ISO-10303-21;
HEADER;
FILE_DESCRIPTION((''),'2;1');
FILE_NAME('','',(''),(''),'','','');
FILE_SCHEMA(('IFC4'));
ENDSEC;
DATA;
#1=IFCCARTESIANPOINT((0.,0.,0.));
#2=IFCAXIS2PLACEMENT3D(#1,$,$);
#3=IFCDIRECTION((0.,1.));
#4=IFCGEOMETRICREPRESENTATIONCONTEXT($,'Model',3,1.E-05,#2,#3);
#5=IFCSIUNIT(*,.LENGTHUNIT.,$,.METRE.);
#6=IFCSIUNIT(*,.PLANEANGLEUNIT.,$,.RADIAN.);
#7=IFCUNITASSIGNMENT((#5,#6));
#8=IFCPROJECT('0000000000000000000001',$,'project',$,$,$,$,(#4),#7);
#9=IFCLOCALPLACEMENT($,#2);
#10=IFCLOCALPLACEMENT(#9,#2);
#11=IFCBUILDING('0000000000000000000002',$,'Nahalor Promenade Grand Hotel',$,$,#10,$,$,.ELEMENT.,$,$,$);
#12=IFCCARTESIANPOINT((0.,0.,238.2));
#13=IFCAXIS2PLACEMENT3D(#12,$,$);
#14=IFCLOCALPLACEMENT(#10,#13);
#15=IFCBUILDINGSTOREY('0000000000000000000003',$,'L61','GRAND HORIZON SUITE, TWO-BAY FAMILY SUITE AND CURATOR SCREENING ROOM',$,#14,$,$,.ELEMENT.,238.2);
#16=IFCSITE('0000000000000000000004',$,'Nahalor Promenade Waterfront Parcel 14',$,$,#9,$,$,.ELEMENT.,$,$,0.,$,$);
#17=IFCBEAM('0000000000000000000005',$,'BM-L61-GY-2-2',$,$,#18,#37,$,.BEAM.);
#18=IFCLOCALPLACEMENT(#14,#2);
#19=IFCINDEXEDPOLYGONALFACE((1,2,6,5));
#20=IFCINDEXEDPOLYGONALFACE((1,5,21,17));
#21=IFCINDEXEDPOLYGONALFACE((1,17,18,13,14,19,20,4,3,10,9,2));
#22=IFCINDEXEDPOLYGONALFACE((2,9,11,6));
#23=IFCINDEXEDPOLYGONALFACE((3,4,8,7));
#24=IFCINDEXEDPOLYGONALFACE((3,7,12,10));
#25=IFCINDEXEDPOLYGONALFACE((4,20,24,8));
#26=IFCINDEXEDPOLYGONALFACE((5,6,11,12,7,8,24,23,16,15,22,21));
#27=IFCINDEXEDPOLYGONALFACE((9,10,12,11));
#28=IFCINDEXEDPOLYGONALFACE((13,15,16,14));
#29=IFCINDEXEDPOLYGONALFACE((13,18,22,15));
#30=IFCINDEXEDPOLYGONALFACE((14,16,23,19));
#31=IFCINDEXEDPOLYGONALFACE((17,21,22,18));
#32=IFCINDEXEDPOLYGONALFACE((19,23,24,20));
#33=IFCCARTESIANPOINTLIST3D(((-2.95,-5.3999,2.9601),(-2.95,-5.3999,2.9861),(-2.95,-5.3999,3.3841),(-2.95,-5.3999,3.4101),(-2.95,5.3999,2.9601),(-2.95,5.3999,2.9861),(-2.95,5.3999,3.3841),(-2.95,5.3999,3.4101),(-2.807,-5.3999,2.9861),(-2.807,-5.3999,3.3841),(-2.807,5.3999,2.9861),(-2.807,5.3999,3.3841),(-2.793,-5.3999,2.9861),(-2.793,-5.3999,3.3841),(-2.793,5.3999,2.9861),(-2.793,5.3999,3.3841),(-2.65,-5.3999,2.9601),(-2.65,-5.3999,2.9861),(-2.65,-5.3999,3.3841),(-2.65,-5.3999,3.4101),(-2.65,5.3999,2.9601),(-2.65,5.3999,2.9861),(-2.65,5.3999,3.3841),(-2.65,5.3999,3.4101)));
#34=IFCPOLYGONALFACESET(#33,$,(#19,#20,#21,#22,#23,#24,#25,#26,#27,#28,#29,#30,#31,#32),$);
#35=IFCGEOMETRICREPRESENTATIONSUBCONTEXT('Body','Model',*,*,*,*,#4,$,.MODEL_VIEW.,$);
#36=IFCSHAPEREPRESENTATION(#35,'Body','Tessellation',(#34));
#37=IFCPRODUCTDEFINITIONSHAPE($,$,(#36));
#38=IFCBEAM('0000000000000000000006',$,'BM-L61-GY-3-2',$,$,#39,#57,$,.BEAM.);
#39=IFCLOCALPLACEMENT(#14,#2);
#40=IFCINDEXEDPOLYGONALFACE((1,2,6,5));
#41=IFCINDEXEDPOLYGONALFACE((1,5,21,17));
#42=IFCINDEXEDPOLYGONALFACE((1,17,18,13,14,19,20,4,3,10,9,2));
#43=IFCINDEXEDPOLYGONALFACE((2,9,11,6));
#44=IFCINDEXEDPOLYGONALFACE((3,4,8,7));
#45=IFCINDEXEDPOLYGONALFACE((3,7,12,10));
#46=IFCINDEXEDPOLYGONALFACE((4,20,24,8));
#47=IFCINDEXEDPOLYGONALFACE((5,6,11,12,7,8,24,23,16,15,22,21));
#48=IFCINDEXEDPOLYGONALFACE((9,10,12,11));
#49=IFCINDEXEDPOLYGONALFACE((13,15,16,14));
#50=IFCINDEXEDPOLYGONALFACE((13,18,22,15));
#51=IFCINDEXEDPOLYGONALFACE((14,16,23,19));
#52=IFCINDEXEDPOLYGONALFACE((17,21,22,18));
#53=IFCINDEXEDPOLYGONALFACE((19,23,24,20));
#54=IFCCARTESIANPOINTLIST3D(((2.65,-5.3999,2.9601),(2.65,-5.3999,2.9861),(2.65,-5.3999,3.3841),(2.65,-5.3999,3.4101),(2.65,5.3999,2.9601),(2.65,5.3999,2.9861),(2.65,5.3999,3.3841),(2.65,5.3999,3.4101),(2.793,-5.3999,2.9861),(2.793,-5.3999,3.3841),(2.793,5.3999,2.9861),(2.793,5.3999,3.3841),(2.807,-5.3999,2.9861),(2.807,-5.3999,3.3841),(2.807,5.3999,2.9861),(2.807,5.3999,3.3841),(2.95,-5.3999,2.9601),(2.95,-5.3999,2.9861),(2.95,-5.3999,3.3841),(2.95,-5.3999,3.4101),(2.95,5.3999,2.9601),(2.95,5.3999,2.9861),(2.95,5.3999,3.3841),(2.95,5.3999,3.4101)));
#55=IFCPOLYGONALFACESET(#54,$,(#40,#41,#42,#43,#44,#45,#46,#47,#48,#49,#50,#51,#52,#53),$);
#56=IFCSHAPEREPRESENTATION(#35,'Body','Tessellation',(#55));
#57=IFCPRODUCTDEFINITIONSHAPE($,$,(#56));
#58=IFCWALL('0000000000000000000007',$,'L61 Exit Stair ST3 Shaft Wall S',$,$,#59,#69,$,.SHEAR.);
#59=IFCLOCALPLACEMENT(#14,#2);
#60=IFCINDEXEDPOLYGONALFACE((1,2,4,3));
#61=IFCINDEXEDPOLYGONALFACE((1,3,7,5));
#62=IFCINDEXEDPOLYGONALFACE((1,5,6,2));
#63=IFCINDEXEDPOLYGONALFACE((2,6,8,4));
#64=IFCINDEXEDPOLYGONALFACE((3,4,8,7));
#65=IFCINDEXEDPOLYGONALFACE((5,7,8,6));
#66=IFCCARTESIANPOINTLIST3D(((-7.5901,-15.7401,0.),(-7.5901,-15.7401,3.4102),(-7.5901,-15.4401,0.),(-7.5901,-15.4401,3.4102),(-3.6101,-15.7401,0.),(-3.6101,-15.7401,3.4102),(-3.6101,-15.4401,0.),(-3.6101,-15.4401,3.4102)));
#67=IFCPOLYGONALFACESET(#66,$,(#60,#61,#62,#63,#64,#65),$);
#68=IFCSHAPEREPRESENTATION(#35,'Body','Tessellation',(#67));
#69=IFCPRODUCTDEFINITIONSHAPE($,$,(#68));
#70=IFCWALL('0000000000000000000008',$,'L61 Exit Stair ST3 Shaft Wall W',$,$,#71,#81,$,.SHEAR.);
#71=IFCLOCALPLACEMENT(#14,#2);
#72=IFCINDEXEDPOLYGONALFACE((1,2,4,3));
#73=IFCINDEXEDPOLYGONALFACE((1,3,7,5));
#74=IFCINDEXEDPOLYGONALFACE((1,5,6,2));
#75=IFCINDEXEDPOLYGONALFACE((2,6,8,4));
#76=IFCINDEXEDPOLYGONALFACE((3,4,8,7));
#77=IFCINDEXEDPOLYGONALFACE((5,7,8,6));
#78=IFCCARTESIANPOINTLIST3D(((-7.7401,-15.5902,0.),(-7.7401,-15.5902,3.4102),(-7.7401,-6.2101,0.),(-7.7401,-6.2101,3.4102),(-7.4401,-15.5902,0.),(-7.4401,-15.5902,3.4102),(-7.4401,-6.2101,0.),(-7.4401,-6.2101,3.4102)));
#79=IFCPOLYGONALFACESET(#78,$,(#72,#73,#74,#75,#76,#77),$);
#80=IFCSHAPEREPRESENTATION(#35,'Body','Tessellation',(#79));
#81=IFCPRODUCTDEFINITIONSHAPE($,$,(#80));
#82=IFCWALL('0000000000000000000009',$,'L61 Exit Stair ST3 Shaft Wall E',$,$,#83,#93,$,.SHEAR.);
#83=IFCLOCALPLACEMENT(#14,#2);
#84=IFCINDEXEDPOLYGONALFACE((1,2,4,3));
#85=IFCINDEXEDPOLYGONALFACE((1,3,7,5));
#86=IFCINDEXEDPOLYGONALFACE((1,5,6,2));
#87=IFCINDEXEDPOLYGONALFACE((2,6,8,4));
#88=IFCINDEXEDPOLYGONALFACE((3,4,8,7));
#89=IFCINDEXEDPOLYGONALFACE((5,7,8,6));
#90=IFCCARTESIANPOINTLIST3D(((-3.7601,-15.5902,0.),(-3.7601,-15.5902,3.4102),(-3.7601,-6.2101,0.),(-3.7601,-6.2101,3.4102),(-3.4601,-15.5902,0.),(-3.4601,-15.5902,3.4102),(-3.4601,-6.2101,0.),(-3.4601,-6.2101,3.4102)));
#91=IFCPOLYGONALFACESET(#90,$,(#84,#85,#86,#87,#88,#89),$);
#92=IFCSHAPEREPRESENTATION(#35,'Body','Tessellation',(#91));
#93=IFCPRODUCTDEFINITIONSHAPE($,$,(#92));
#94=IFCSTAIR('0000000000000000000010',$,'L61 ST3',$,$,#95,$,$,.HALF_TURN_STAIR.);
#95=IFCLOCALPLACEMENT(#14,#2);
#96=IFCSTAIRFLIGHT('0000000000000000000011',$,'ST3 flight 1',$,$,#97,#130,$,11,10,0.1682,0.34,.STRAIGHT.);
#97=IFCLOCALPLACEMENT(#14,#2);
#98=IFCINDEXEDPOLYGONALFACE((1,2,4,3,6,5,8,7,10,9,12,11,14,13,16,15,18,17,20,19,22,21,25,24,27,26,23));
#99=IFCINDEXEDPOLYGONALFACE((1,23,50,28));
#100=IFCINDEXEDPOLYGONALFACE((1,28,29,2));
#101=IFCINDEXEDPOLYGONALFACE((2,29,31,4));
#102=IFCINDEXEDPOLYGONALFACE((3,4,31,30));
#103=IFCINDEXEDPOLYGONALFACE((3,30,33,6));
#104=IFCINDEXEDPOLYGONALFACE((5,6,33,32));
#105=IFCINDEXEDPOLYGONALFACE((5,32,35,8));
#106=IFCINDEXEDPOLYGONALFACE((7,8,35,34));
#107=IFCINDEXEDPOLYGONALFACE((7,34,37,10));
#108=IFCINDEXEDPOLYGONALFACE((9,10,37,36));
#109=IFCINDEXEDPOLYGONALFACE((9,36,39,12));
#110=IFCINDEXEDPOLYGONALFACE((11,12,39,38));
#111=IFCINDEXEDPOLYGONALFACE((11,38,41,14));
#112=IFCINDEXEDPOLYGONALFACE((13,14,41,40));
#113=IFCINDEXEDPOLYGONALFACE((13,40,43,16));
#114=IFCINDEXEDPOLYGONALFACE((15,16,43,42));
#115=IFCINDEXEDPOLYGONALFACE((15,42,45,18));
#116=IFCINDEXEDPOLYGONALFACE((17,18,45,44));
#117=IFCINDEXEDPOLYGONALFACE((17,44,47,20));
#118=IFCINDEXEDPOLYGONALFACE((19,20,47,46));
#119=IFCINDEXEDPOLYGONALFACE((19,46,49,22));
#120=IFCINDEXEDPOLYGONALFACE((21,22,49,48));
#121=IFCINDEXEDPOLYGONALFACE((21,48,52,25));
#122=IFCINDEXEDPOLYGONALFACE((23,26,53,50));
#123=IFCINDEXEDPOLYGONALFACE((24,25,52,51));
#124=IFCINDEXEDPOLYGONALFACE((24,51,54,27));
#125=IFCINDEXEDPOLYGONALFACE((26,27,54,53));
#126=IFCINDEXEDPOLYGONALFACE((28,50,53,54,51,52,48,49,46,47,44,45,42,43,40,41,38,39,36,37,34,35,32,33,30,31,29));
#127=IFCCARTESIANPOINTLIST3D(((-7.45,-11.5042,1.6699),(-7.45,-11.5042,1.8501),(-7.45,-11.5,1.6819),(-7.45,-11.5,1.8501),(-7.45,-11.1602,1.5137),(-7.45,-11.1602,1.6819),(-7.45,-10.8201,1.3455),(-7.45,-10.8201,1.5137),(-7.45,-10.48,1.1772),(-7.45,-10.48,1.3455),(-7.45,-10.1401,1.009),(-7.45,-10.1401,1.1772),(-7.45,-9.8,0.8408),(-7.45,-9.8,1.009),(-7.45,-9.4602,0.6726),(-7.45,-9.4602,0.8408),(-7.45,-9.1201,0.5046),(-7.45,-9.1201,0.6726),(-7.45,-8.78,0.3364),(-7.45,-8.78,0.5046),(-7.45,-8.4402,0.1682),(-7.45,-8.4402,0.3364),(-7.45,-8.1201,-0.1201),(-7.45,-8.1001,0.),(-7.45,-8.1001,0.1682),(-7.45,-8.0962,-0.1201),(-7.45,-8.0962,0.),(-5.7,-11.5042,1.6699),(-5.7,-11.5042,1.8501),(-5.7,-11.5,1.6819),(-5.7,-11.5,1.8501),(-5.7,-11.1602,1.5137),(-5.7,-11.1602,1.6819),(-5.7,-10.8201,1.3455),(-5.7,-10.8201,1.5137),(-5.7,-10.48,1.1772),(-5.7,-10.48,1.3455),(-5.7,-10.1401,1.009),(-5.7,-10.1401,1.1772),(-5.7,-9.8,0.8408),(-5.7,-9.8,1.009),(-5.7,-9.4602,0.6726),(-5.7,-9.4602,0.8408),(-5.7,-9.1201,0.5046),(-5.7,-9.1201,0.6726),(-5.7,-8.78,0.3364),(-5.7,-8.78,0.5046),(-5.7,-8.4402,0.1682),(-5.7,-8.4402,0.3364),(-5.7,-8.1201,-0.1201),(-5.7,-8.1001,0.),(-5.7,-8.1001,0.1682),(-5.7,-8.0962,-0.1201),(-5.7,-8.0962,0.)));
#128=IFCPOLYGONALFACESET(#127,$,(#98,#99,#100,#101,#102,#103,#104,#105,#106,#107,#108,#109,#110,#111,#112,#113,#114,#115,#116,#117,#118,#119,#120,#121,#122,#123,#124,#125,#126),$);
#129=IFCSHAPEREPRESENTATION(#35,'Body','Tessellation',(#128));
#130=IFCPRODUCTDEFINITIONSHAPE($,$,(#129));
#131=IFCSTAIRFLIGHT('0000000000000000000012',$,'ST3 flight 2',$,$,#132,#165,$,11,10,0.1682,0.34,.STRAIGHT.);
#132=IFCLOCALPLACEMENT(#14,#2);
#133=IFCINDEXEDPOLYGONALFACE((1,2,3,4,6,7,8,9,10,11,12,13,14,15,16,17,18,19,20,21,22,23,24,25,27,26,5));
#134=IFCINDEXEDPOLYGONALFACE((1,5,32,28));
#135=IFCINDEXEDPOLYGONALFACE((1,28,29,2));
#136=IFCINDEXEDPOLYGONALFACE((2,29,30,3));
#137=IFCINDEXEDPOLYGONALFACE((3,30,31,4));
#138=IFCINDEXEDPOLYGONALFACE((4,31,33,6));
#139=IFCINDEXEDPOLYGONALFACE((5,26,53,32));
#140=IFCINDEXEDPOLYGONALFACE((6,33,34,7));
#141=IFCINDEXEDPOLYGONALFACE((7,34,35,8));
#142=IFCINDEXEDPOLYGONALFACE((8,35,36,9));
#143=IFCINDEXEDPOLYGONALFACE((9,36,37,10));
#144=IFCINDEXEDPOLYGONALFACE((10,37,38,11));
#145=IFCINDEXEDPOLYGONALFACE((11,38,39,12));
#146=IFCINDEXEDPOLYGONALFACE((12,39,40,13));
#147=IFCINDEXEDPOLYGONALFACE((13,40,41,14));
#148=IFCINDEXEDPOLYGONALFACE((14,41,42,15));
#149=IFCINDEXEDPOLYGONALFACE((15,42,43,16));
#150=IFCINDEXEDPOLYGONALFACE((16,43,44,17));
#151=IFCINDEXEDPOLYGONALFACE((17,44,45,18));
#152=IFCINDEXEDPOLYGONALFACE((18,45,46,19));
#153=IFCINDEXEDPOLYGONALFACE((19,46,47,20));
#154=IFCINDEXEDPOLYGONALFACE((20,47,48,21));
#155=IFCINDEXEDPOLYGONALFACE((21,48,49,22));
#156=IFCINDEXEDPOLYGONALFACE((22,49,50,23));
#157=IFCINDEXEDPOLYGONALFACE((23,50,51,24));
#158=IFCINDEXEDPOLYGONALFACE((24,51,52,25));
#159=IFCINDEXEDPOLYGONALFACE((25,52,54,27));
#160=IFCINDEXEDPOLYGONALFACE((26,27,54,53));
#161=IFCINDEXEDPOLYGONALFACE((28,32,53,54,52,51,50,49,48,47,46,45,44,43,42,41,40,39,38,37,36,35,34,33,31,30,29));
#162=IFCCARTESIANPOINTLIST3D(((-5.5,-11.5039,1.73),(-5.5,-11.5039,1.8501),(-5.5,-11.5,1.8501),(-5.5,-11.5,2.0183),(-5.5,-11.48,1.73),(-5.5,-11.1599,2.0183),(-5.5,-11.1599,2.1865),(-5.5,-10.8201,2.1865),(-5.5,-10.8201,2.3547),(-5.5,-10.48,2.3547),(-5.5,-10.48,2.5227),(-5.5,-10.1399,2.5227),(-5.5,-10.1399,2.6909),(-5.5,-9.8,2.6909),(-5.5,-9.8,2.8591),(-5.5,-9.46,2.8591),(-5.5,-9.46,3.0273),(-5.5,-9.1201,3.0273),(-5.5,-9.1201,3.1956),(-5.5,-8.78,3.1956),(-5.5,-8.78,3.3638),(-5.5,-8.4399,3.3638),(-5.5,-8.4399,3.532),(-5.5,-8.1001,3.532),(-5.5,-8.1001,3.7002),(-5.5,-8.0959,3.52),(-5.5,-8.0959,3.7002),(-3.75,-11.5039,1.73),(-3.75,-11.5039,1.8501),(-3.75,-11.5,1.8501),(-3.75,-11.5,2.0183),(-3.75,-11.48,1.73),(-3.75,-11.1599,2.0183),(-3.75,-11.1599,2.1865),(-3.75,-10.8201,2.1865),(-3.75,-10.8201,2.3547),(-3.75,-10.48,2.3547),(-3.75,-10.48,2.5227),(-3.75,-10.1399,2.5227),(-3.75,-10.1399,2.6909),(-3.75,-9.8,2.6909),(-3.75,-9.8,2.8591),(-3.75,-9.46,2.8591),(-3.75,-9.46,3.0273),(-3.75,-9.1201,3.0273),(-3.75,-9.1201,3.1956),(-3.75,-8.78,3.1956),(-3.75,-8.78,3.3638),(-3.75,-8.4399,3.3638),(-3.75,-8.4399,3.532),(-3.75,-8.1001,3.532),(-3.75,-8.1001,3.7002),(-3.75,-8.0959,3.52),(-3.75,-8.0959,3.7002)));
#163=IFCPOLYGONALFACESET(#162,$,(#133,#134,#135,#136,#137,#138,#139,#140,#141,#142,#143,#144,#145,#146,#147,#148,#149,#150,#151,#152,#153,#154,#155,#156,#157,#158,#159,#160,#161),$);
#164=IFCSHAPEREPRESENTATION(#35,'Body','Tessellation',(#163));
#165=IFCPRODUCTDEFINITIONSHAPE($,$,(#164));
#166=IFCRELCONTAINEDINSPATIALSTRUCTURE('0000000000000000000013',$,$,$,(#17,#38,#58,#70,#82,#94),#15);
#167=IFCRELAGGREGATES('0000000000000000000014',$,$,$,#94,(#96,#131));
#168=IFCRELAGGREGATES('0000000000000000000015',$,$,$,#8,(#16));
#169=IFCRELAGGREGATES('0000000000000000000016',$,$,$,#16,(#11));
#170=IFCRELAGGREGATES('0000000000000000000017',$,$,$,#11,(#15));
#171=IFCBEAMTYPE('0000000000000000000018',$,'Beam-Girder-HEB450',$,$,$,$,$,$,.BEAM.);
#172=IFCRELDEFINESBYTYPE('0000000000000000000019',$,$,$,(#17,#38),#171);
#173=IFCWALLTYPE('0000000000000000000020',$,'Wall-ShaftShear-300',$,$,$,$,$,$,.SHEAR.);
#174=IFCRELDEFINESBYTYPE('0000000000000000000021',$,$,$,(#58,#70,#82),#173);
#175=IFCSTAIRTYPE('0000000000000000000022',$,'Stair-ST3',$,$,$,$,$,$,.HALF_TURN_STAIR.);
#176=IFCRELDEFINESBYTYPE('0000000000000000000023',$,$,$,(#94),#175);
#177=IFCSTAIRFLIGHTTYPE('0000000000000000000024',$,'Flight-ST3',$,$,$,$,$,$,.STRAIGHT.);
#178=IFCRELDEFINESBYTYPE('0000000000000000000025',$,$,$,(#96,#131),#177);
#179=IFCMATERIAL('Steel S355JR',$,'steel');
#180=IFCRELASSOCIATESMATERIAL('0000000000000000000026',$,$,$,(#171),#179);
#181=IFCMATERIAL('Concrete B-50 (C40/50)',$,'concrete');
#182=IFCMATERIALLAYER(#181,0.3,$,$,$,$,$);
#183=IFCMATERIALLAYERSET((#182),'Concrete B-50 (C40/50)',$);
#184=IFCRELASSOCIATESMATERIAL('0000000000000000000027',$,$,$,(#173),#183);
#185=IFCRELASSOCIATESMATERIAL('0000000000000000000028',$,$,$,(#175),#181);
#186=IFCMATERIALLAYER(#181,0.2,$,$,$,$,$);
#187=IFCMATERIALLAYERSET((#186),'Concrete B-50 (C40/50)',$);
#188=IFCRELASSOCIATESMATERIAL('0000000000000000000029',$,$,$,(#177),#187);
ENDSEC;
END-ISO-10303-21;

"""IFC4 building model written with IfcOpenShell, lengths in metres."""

from ifc_helpers import new_model, si_unit, direction, frame, frame_2d, origin, origin_2d, place, context, subcontext, project, spatial, polyline, rectangle, i_section, outline, extrude, source, transform, mapped, material, layer, layer_set, material_profile, profile_set, type_object, element, aggregate, save


model = new_model("IFC4")

# Units and contexts
model_context = context("Model", 3, precision=1e-05, world=origin(), true_north=direction((0.0, 1.0)))
body_context = subcontext(model_context, "Body", "Model", "MODEL_VIEW")
ifc_project = project(units=[si_unit("LENGTHUNIT", "METRE"), si_unit("PLANEANGLEUNIT", "RADIAN")], contexts=[model_context])

# Site, building, storey
site_placement = place(None, origin())
site = spatial("IfcSite", under=ifc_project, at=site_placement, Name="Nahalor Promenade Waterfront Parcel 14", CompositionType="ELEMENT", RefElevation=0.0)
building_placement = place(site_placement, origin())
building = spatial("IfcBuilding", under=site, at=building_placement, Name="Nahalor Promenade Grand Hotel", CompositionType="ELEMENT")
storey_placement = place(building_placement, frame((0.0, 0.0, 238.2)))
storey = spatial("IfcBuildingStorey", under=building, at=storey_placement, Name="L61", Description="GRAND HORIZON SUITE, TWO-BAY FAMILY SUITE AND CURATOR SCREENING ROOM", CompositionType="ELEMENT", Elevation=238.2)

# Beams
ifc_material_1 = material(Name="Steel S355JR", Category="steel")
ifc_material_profile_1 = material_profile(ifc_material_1, i_section(OverallWidth=0.3, OverallDepth=0.45, WebThickness=0.014, FlangeThickness=0.026, at=origin_2d()), Name="HEB 450")
ifc_profile_set_1 = profile_set([ifc_material_profile_1], Name="Steel S355JR")
beam_type = type_object("IfcBeamType", Name="Beam-Girder-HEB450", PredefinedType="BEAM", material=ifc_profile_set_1)
shared_shape_1 = source(origin(), body_context, "Body", "SweptSolid", [
    extrude(i_section(OverallWidth=0.3, OverallDepth=0.45, WebThickness=0.014, FlangeThickness=0.026, at=origin_2d()), origin(), (0.0, 0.0, 1.0), 10.7998),
])
for number, where, z_axis, x_axis, name in (
    (1, (-2.8, -5.3999, 3.1851), (0.0, 1.0, 0.0), (-1.0, 0.0, 0.0), "BM-L61-GY-2-2"),
    (2, (2.8, -5.3999, 3.1851), (0.0, 1.0, 0.0), (-1.0, 0.0, 0.0), "BM-L61-GY-3-2"),
):
    element("IfcBeam", number, at=place(storey_placement, frame(where, z_axis=z_axis, x_axis=x_axis)), inside=storey, type_object=beam_type, Name=name, PredefinedType="BEAM", context=body_context, shape_type="MappedRepresentation", body=[
        mapped(shared_shape_1, transform((0.0, 0.0, 0.0), scale=1.0)),
    ])

# Wall
ifc_material_2 = material(Name="Concrete B-50 (C40/50)", Category="concrete")
ifc_layer_1 = layer(ifc_material_2, 0.3)
ifc_layer_set_1 = layer_set([ifc_layer_1], Name="Concrete B-50 (C40/50)")
wall_type = type_object("IfcWallType", Name="Wall-ShaftShear-300", PredefinedType="SHEAR", material=ifc_layer_set_1)
shared_shape_2 = source(origin(), body_context, "Body", "SweptSolid", [
    extrude(rectangle(XDim=3.98, YDim=0.3, at=frame_2d((1.99, 0.0))), origin(), (0.0, 0.0, 1.0), 3.4102),
])
wall_1_placement = place(storey_placement, frame((-7.5901, -15.5901, 0.0), z_axis=(0.0, 0.0, 1.0), x_axis=(1.0, 0.0, 0.0)))
element("IfcWall", 3, at=wall_1_placement, inside=storey, type_object=wall_type, Name="L61 Exit Stair ST3 Shaft Wall S", PredefinedType="SHEAR", context=body_context, shape_type="MappedRepresentation", body=[
    mapped(shared_shape_2, transform((0.0, 0.0, 0.0), scale=1.0)),
])

# Walls
shared_shape_3 = source(origin(), body_context, "Body", "SweptSolid", [
    extrude(rectangle(XDim=9.3801, YDim=0.3, at=frame_2d((4.6899, 0.0))), origin(), (0.0, 0.0, 1.0), 3.4102),
])
for number, where, z_axis, x_axis, name in (
    (4, (-7.5901, -15.5901, 0.0), (0.0, 0.0, 1.0), (0.0, 1.0, 0.0), "L61 Exit Stair ST3 Shaft Wall W"),
    (5, (-3.6101, -15.5901, 0.0), (0.0, 0.0, 1.0), (0.0, 1.0, 0.0), "L61 Exit Stair ST3 Shaft Wall E"),
):
    element("IfcWall", number, at=place(storey_placement, frame(where, z_axis=z_axis, x_axis=x_axis)), inside=storey, type_object=wall_type, Name=name, PredefinedType="SHEAR", context=body_context, shape_type="MappedRepresentation", body=[
        mapped(shared_shape_3, transform((0.0, 0.0, 0.0), scale=1.0)),
    ])

# Stair, stair flights
stair_type = type_object("IfcStairType", Name="Stair-ST3", PredefinedType="HALF_TURN_STAIR", material=ifc_material_2)
stair_placement = place(storey_placement, origin())
stair = element("IfcStair", 6, at=stair_placement, inside=storey, type_object=stair_type, Name="L61 ST3", PredefinedType="HALF_TURN_STAIR")
ifc_layer_2 = layer(ifc_material_2, 0.2)
ifc_layer_set_2 = layer_set([ifc_layer_2], Name="Concrete B-50 (C40/50)")
stair_flight_type = type_object("IfcStairFlightType", Name="Flight-ST3", PredefinedType="STRAIGHT", material=ifc_layer_set_2)
shared_shape_4 = source(origin(), body_context, "Body", "SweptSolid", [
    extrude(outline(polyline([(-0.0039, -0.1201), (-0.0039, 0.0), (0.0, 0.0), (0.0, 0.1682), (0.3401, 0.1682), (0.3401, 0.3364), (0.6799, 0.3364), (0.6799, 0.5046), (1.02, 0.5046), (1.02, 0.6726), (1.3601, 0.6726), (1.3601, 0.8408), (1.7, 0.8408), (1.7, 1.009), (2.04, 1.009), (2.04, 1.1772), (2.3799, 1.1772), (2.3799, 1.3455), (2.72, 1.3455), (2.72, 1.5137), (3.0601, 1.5137), (3.0601, 1.6819), (3.3999, 1.6819), (3.3999, 1.8501), (3.4041, 1.8501), (3.4041, 1.6699), (0.02, -0.1201), (-0.0039, -0.1201)])), frame((0.0, 0.875, 0.0), z_axis=(0.0, -1.0, 0.0), x_axis=(1.0, 0.0, 0.0)), (0.0, 0.0, 1.0), 1.75),
])
stair_flight_1_placement = place(storey_placement, frame((-6.575, -8.1001, 0.0), z_axis=(0.0, 0.0, 1.0), x_axis=(0.0, -1.0, 0.0)))
stair_flight_1 = element("IfcStairFlight", 7, at=stair_flight_1_placement, type_object=stair_flight_type, Name="ST3 flight 1", NumberOfRisers=11, NumberOfTreads=10, PredefinedType="STRAIGHT", RiserHeight=0.1682, TreadLength=0.34, context=body_context, shape_type="MappedRepresentation", body=[
    mapped(shared_shape_4, transform((0.0, 0.0, 0.0), scale=1.0)),
])
stair_flight_2_placement = place(storey_placement, frame((-4.625, -11.5, 1.8501), z_axis=(0.0, 0.0, 1.0), x_axis=(0.0, 1.0, 0.0)))
stair_flight_2 = element("IfcStairFlight", 8, at=stair_flight_2_placement, type_object=stair_flight_type, Name="ST3 flight 2", NumberOfRisers=11, NumberOfTreads=10, PredefinedType="STRAIGHT", RiserHeight=0.1682, TreadLength=0.34, context=body_context, shape_type="MappedRepresentation", body=[
    mapped(shared_shape_4, transform((0.0, 0.0, 0.0), scale=1.0)),
])
aggregate(stair, [stair_flight_1, stair_flight_2])

save(model, "model.ifc")
